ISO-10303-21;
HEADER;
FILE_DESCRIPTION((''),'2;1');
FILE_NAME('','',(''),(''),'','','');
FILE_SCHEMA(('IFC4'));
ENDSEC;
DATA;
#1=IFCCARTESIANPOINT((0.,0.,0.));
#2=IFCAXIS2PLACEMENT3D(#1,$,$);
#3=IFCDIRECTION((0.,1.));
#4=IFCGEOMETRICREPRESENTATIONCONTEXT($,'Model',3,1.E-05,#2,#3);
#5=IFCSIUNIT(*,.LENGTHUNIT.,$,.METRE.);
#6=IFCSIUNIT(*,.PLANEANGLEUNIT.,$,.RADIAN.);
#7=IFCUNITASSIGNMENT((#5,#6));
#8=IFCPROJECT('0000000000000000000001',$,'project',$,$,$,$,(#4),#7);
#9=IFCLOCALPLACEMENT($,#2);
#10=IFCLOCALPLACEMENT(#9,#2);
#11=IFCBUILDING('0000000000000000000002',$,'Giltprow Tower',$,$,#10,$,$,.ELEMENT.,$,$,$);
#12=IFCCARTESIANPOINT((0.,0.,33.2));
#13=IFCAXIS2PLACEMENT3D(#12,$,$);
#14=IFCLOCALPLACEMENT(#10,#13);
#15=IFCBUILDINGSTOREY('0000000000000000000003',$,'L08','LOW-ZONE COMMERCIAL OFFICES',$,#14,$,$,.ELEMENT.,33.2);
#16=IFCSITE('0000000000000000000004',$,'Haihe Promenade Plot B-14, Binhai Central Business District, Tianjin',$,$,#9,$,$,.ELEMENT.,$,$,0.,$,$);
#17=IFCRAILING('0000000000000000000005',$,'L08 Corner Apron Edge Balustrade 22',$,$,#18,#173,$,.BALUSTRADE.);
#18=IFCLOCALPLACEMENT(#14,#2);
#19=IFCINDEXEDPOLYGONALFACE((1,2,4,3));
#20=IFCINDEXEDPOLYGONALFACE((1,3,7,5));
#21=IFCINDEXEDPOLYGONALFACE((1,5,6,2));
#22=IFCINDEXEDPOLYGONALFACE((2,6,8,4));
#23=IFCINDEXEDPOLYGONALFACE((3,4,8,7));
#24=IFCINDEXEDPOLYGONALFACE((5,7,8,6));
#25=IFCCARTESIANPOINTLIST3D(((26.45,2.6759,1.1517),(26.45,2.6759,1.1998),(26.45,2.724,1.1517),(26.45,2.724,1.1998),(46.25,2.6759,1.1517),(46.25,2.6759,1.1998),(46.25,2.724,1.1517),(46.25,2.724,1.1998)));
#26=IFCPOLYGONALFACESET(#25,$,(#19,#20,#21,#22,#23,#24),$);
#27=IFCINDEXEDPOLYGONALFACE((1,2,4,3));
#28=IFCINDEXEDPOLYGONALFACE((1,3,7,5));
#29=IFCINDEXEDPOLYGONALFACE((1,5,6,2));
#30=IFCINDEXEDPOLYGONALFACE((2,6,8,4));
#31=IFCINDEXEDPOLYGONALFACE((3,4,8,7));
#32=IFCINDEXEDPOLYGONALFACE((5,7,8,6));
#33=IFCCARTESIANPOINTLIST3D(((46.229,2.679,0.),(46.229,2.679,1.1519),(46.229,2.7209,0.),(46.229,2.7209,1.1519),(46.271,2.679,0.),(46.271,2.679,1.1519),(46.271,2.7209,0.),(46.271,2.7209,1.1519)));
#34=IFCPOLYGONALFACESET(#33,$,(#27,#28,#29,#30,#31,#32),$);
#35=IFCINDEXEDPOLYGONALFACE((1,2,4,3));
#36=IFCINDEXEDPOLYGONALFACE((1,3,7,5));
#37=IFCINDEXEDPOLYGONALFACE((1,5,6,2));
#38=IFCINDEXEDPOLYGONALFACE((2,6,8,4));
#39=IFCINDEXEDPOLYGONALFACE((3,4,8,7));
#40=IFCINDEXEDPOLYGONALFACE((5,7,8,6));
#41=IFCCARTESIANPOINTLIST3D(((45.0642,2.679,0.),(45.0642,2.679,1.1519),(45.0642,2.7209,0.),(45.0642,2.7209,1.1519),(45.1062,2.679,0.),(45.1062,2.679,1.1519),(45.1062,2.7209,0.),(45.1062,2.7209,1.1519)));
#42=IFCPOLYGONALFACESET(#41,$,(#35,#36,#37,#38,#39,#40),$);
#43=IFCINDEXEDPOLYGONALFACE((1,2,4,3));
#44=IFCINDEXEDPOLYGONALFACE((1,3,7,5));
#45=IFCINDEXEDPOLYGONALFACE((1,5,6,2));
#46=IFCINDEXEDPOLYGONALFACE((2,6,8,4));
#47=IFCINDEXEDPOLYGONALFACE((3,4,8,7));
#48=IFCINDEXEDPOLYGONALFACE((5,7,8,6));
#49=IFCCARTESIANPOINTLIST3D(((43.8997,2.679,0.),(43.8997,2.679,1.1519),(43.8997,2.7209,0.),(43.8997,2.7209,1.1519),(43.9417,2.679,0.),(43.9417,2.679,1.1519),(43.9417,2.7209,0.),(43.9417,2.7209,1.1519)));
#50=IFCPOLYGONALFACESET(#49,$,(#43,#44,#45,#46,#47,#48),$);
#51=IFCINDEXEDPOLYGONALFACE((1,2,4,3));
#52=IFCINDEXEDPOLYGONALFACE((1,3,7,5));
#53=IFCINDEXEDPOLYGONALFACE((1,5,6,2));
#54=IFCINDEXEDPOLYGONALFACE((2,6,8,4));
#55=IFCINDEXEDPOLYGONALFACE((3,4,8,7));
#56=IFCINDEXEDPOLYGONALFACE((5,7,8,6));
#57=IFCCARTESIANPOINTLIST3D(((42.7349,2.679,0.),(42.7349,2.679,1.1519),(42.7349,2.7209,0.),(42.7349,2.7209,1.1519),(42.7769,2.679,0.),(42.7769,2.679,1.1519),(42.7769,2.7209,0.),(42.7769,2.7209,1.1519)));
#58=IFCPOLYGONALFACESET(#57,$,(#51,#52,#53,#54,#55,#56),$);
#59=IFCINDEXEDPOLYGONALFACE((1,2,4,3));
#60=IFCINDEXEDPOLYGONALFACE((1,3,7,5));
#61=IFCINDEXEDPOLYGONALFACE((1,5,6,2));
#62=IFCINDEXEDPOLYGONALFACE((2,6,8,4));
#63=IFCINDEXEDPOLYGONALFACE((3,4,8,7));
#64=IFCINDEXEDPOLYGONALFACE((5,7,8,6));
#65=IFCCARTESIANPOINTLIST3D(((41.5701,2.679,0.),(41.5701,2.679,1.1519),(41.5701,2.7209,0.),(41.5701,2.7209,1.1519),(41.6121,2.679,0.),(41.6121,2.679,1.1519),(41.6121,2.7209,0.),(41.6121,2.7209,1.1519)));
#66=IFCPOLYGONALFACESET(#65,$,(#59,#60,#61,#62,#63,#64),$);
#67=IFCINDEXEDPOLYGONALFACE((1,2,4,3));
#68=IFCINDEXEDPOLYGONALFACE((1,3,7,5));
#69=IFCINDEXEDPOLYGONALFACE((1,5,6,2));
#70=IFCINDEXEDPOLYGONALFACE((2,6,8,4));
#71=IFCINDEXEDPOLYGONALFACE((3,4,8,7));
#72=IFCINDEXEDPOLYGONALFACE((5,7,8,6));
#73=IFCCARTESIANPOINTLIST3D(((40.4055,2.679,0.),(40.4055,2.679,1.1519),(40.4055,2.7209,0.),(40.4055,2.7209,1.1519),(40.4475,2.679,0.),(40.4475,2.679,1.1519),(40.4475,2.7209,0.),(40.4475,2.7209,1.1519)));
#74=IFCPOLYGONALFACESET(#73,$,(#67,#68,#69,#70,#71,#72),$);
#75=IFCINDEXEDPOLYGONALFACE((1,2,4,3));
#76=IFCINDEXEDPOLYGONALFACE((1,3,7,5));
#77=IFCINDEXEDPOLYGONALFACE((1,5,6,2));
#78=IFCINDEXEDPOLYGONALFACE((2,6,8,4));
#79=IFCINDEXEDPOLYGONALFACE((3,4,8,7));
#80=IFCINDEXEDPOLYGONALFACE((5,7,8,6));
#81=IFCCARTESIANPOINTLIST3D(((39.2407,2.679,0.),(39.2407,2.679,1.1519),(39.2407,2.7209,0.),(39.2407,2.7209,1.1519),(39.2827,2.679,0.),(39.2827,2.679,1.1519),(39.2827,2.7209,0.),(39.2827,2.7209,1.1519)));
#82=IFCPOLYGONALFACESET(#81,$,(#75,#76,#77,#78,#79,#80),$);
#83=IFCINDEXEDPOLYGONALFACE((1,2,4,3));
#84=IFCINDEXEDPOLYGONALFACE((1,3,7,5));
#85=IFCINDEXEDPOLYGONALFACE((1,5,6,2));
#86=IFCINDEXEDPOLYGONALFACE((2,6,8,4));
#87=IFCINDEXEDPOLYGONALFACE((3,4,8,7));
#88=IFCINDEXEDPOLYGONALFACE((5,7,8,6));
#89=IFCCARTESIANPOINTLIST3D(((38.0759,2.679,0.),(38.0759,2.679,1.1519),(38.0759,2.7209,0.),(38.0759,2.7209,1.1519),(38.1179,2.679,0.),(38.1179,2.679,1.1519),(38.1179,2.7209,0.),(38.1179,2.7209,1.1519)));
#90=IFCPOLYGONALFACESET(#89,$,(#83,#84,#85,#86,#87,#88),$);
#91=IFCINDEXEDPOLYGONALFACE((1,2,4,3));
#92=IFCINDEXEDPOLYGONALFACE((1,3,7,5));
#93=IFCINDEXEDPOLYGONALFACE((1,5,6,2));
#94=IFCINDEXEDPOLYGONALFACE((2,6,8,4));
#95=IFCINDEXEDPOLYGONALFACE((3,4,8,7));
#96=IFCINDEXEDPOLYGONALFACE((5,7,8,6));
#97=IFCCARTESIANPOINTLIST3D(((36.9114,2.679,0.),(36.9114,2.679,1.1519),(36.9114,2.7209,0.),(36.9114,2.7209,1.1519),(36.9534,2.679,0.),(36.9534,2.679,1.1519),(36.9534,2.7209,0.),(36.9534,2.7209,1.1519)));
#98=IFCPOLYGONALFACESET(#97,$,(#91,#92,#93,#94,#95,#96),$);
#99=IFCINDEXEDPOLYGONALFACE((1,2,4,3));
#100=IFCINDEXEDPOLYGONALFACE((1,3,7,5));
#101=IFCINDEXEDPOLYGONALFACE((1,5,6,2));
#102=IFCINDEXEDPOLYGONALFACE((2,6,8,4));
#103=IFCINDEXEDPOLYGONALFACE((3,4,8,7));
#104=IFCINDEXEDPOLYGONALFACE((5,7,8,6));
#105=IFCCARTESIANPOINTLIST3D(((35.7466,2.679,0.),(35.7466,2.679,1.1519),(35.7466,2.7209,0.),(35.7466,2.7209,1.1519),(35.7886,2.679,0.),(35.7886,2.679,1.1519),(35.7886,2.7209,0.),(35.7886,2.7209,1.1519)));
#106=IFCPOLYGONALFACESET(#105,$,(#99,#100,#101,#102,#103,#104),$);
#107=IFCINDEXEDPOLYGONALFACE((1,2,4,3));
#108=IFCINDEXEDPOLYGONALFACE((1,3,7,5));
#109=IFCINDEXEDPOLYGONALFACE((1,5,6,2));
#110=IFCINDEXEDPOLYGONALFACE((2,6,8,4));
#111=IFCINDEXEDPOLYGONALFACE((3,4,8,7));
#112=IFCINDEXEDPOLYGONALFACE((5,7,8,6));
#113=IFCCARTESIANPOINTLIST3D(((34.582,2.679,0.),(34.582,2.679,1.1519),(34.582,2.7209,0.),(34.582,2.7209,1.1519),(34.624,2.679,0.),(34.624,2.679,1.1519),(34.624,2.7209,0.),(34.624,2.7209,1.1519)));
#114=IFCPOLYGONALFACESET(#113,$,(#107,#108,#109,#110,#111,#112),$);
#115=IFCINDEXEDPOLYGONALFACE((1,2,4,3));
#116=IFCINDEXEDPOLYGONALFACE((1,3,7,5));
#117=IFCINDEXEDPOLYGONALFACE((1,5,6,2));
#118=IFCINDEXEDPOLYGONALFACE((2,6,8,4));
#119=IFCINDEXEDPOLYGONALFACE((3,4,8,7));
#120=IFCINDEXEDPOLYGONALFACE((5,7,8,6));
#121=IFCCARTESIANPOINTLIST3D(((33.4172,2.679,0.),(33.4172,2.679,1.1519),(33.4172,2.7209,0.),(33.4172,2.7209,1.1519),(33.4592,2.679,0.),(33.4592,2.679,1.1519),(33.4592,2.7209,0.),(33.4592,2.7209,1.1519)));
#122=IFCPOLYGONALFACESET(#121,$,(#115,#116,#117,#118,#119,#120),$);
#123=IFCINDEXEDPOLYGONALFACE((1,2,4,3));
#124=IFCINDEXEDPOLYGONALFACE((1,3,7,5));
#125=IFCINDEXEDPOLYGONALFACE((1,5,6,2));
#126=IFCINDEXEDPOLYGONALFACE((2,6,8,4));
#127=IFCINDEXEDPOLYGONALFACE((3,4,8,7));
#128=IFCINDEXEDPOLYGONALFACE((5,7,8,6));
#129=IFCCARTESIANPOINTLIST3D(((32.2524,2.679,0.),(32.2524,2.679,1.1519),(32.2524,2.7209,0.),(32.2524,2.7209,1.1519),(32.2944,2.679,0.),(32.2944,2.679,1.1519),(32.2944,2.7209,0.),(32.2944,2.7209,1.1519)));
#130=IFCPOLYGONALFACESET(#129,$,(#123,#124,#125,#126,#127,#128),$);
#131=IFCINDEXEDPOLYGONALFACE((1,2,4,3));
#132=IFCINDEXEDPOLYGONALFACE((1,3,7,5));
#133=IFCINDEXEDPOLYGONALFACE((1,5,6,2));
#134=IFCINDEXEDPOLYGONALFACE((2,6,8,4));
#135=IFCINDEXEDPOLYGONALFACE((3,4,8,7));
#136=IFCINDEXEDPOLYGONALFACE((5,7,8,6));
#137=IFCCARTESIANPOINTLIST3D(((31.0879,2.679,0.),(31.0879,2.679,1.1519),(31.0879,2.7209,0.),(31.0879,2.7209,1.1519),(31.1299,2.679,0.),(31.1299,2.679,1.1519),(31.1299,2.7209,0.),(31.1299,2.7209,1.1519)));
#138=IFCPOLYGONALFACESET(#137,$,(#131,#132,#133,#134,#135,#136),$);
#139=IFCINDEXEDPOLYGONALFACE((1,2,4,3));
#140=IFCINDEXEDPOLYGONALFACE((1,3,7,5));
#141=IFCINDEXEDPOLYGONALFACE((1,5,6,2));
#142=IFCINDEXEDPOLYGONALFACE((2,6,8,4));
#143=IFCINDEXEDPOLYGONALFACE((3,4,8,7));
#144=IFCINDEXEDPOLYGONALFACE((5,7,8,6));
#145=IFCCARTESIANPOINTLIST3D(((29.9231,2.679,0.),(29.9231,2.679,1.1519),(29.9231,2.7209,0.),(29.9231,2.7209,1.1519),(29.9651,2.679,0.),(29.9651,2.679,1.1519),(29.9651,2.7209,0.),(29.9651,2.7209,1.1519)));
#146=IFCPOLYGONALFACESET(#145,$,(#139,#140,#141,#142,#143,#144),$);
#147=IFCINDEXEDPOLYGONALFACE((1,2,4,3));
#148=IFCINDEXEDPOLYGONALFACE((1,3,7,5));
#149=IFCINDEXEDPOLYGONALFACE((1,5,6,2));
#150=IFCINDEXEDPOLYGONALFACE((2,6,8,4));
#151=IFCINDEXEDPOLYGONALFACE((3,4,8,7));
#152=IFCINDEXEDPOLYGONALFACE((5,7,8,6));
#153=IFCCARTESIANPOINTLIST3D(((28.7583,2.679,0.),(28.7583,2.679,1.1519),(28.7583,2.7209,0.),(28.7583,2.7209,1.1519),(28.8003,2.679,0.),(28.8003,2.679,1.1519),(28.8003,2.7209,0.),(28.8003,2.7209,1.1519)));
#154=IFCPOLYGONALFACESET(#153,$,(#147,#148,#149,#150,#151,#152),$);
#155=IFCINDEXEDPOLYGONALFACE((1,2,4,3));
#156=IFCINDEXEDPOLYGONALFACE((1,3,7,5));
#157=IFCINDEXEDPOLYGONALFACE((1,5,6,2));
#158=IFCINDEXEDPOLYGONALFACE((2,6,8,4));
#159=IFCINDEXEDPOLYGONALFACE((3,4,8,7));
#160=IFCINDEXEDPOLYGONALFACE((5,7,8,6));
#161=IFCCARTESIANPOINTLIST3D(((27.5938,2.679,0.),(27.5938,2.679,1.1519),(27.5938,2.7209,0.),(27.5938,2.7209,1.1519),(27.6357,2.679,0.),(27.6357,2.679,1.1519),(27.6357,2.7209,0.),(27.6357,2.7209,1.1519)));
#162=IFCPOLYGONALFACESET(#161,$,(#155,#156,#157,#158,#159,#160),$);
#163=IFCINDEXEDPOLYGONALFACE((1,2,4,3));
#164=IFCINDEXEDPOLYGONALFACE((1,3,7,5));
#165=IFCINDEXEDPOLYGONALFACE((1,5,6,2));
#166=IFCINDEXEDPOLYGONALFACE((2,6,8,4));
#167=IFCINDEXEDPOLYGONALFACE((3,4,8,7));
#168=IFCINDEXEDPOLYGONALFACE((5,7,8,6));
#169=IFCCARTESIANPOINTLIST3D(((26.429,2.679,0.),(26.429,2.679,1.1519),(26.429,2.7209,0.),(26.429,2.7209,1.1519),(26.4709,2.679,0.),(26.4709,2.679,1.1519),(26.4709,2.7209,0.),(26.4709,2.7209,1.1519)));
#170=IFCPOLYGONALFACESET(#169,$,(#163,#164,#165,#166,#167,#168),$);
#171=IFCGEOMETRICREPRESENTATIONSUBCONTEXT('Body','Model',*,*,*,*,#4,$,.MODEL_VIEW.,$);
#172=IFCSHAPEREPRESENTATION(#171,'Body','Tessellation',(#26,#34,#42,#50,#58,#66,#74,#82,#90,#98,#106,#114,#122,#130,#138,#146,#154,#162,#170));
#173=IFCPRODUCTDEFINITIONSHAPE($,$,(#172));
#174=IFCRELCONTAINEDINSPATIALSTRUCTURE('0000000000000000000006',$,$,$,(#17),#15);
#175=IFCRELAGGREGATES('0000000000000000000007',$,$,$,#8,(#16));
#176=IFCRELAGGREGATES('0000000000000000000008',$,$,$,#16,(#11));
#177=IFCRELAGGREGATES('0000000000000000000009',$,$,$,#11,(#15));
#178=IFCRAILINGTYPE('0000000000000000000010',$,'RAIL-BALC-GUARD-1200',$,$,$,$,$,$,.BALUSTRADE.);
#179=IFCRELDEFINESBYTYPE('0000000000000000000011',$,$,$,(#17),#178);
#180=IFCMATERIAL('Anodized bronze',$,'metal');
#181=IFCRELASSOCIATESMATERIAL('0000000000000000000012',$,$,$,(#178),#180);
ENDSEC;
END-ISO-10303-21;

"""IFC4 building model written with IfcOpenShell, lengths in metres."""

from ifc_helpers import new_model, si_unit, direction, frame, origin, origin_2d, place, context, subcontext, project, spatial, rectangle, extrude, material, type_object, element, save


model = new_model("IFC4")

# Units and contexts
model_context = context("Model", 3, precision=1e-05, world=origin(), true_north=direction((0.0, 1.0)))
body_context = subcontext(model_context, "Body", "Model", "MODEL_VIEW")
ifc_project = project(units=[si_unit("LENGTHUNIT", "METRE"), si_unit("PLANEANGLEUNIT", "RADIAN")], contexts=[model_context])

# Site, building, storey
site_placement = place(None, origin())
site = spatial("IfcSite", under=ifc_project, at=site_placement, Name="Haihe Promenade Plot B-14, Binhai Central Business District, Tianjin", CompositionType="ELEMENT", RefElevation=0.0)
building_placement = place(site_placement, origin())
building = spatial("IfcBuilding", under=site, at=building_placement, Name="Giltprow Tower", CompositionType="ELEMENT")
storey_placement = place(building_placement, frame((0.0, 0.0, 33.2)))
storey = spatial("IfcBuildingStorey", under=building, at=storey_placement, Name="L08", Description="LOW-ZONE COMMERCIAL OFFICES", CompositionType="ELEMENT", Elevation=33.2)

# Shared definitions
ifc_material_1 = material(Name="Anodized bronze", Category="metal")

# Railing
railing_type = type_object("IfcRailingType", Name="RAIL-BALC-GUARD-1200", PredefinedType="BALUSTRADE", material=ifc_material_1)
railing_1_placement = place(storey_placement, frame((46.25, 2.7, 0.0)))
element("IfcRailing", 1, at=railing_1_placement, inside=storey, type_object=railing_type, Name="L08 Corner Apron Edge Balustrade 22", PredefinedType="BALUSTRADE", context=body_context, shape_type="SweptSolid", body=[
    extrude(rectangle(XDim=0.0481, YDim=0.0481, at=origin_2d()), frame((0.0, 0.0, 1.1758), z_axis=(-1.0, 0.0, 0.0), x_axis=(0.0, -1.0, 0.0)), (0.0, 0.0, 1.0), 19.8),
    extrude(rectangle(XDim=0.042, YDim=0.042, at=origin_2d()), origin(), (0.0, 0.0, 1.0), 1.1519),
    extrude(rectangle(XDim=0.042, YDim=0.042, at=origin_2d()), frame((-1.1648, 0.0, 0.0)), (0.0, 0.0, 1.0), 1.1519),
    extrude(rectangle(XDim=0.042, YDim=0.042, at=origin_2d()), frame((-2.3293, 0.0, 0.0)), (0.0, 0.0, 1.0), 1.1519),
    extrude(rectangle(XDim=0.042, YDim=0.042, at=origin_2d()), frame((-3.4941, 0.0, 0.0)), (0.0, 0.0, 1.0), 1.1519),
    extrude(rectangle(XDim=0.042, YDim=0.042, at=origin_2d()), frame((-4.6589, 0.0, 0.0)), (0.0, 0.0, 1.0), 1.1519),
    extrude(rectangle(XDim=0.042, YDim=0.042, at=origin_2d()), frame((-5.8235, 0.0, 0.0)), (0.0, 0.0, 1.0), 1.1519),
    extrude(rectangle(XDim=0.042, YDim=0.042, at=origin_2d()), frame((-6.9883, 0.0, 0.0)), (0.0, 0.0, 1.0), 1.1519),
    extrude(rectangle(XDim=0.042, YDim=0.042, at=origin_2d()), frame((-8.1531, 0.0, 0.0)), (0.0, 0.0, 1.0), 1.1519),
    extrude(rectangle(XDim=0.042, YDim=0.042, at=origin_2d()), frame((-9.3176, 0.0, 0.0)), (0.0, 0.0, 1.0), 1.1519),
    extrude(rectangle(XDim=0.042, YDim=0.042, at=origin_2d()), frame((-10.4824, 0.0, 0.0)), (0.0, 0.0, 1.0), 1.1519),
    extrude(rectangle(XDim=0.042, YDim=0.042, at=origin_2d()), frame((-11.647, 0.0, 0.0)), (0.0, 0.0, 1.0), 1.1519),
    extrude(rectangle(XDim=0.042, YDim=0.042, at=origin_2d()), frame((-12.8118, 0.0, 0.0)), (0.0, 0.0, 1.0), 1.1519),
    extrude(rectangle(XDim=0.042, YDim=0.042, at=origin_2d()), frame((-13.9766, 0.0, 0.0)), (0.0, 0.0, 1.0), 1.1519),
    extrude(rectangle(XDim=0.042, YDim=0.042, at=origin_2d()), frame((-15.1411, 0.0, 0.0)), (0.0, 0.0, 1.0), 1.1519),
    extrude(rectangle(XDim=0.042, YDim=0.042, at=origin_2d()), frame((-16.3059, 0.0, 0.0)), (0.0, 0.0, 1.0), 1.1519),
    extrude(rectangle(XDim=0.042, YDim=0.042, at=origin_2d()), frame((-17.4707, 0.0, 0.0)), (0.0, 0.0, 1.0), 1.1519),
    extrude(rectangle(XDim=0.042, YDim=0.042, at=origin_2d()), frame((-18.6353, 0.0, 0.0)), (0.0, 0.0, 1.0), 1.1519),
    extrude(rectangle(XDim=0.042, YDim=0.042, at=origin_2d()), frame((-19.8, 0.0, 0.0)), (0.0, 0.0, 1.0), 1.1519),
])

save(model, "model.ifc")
